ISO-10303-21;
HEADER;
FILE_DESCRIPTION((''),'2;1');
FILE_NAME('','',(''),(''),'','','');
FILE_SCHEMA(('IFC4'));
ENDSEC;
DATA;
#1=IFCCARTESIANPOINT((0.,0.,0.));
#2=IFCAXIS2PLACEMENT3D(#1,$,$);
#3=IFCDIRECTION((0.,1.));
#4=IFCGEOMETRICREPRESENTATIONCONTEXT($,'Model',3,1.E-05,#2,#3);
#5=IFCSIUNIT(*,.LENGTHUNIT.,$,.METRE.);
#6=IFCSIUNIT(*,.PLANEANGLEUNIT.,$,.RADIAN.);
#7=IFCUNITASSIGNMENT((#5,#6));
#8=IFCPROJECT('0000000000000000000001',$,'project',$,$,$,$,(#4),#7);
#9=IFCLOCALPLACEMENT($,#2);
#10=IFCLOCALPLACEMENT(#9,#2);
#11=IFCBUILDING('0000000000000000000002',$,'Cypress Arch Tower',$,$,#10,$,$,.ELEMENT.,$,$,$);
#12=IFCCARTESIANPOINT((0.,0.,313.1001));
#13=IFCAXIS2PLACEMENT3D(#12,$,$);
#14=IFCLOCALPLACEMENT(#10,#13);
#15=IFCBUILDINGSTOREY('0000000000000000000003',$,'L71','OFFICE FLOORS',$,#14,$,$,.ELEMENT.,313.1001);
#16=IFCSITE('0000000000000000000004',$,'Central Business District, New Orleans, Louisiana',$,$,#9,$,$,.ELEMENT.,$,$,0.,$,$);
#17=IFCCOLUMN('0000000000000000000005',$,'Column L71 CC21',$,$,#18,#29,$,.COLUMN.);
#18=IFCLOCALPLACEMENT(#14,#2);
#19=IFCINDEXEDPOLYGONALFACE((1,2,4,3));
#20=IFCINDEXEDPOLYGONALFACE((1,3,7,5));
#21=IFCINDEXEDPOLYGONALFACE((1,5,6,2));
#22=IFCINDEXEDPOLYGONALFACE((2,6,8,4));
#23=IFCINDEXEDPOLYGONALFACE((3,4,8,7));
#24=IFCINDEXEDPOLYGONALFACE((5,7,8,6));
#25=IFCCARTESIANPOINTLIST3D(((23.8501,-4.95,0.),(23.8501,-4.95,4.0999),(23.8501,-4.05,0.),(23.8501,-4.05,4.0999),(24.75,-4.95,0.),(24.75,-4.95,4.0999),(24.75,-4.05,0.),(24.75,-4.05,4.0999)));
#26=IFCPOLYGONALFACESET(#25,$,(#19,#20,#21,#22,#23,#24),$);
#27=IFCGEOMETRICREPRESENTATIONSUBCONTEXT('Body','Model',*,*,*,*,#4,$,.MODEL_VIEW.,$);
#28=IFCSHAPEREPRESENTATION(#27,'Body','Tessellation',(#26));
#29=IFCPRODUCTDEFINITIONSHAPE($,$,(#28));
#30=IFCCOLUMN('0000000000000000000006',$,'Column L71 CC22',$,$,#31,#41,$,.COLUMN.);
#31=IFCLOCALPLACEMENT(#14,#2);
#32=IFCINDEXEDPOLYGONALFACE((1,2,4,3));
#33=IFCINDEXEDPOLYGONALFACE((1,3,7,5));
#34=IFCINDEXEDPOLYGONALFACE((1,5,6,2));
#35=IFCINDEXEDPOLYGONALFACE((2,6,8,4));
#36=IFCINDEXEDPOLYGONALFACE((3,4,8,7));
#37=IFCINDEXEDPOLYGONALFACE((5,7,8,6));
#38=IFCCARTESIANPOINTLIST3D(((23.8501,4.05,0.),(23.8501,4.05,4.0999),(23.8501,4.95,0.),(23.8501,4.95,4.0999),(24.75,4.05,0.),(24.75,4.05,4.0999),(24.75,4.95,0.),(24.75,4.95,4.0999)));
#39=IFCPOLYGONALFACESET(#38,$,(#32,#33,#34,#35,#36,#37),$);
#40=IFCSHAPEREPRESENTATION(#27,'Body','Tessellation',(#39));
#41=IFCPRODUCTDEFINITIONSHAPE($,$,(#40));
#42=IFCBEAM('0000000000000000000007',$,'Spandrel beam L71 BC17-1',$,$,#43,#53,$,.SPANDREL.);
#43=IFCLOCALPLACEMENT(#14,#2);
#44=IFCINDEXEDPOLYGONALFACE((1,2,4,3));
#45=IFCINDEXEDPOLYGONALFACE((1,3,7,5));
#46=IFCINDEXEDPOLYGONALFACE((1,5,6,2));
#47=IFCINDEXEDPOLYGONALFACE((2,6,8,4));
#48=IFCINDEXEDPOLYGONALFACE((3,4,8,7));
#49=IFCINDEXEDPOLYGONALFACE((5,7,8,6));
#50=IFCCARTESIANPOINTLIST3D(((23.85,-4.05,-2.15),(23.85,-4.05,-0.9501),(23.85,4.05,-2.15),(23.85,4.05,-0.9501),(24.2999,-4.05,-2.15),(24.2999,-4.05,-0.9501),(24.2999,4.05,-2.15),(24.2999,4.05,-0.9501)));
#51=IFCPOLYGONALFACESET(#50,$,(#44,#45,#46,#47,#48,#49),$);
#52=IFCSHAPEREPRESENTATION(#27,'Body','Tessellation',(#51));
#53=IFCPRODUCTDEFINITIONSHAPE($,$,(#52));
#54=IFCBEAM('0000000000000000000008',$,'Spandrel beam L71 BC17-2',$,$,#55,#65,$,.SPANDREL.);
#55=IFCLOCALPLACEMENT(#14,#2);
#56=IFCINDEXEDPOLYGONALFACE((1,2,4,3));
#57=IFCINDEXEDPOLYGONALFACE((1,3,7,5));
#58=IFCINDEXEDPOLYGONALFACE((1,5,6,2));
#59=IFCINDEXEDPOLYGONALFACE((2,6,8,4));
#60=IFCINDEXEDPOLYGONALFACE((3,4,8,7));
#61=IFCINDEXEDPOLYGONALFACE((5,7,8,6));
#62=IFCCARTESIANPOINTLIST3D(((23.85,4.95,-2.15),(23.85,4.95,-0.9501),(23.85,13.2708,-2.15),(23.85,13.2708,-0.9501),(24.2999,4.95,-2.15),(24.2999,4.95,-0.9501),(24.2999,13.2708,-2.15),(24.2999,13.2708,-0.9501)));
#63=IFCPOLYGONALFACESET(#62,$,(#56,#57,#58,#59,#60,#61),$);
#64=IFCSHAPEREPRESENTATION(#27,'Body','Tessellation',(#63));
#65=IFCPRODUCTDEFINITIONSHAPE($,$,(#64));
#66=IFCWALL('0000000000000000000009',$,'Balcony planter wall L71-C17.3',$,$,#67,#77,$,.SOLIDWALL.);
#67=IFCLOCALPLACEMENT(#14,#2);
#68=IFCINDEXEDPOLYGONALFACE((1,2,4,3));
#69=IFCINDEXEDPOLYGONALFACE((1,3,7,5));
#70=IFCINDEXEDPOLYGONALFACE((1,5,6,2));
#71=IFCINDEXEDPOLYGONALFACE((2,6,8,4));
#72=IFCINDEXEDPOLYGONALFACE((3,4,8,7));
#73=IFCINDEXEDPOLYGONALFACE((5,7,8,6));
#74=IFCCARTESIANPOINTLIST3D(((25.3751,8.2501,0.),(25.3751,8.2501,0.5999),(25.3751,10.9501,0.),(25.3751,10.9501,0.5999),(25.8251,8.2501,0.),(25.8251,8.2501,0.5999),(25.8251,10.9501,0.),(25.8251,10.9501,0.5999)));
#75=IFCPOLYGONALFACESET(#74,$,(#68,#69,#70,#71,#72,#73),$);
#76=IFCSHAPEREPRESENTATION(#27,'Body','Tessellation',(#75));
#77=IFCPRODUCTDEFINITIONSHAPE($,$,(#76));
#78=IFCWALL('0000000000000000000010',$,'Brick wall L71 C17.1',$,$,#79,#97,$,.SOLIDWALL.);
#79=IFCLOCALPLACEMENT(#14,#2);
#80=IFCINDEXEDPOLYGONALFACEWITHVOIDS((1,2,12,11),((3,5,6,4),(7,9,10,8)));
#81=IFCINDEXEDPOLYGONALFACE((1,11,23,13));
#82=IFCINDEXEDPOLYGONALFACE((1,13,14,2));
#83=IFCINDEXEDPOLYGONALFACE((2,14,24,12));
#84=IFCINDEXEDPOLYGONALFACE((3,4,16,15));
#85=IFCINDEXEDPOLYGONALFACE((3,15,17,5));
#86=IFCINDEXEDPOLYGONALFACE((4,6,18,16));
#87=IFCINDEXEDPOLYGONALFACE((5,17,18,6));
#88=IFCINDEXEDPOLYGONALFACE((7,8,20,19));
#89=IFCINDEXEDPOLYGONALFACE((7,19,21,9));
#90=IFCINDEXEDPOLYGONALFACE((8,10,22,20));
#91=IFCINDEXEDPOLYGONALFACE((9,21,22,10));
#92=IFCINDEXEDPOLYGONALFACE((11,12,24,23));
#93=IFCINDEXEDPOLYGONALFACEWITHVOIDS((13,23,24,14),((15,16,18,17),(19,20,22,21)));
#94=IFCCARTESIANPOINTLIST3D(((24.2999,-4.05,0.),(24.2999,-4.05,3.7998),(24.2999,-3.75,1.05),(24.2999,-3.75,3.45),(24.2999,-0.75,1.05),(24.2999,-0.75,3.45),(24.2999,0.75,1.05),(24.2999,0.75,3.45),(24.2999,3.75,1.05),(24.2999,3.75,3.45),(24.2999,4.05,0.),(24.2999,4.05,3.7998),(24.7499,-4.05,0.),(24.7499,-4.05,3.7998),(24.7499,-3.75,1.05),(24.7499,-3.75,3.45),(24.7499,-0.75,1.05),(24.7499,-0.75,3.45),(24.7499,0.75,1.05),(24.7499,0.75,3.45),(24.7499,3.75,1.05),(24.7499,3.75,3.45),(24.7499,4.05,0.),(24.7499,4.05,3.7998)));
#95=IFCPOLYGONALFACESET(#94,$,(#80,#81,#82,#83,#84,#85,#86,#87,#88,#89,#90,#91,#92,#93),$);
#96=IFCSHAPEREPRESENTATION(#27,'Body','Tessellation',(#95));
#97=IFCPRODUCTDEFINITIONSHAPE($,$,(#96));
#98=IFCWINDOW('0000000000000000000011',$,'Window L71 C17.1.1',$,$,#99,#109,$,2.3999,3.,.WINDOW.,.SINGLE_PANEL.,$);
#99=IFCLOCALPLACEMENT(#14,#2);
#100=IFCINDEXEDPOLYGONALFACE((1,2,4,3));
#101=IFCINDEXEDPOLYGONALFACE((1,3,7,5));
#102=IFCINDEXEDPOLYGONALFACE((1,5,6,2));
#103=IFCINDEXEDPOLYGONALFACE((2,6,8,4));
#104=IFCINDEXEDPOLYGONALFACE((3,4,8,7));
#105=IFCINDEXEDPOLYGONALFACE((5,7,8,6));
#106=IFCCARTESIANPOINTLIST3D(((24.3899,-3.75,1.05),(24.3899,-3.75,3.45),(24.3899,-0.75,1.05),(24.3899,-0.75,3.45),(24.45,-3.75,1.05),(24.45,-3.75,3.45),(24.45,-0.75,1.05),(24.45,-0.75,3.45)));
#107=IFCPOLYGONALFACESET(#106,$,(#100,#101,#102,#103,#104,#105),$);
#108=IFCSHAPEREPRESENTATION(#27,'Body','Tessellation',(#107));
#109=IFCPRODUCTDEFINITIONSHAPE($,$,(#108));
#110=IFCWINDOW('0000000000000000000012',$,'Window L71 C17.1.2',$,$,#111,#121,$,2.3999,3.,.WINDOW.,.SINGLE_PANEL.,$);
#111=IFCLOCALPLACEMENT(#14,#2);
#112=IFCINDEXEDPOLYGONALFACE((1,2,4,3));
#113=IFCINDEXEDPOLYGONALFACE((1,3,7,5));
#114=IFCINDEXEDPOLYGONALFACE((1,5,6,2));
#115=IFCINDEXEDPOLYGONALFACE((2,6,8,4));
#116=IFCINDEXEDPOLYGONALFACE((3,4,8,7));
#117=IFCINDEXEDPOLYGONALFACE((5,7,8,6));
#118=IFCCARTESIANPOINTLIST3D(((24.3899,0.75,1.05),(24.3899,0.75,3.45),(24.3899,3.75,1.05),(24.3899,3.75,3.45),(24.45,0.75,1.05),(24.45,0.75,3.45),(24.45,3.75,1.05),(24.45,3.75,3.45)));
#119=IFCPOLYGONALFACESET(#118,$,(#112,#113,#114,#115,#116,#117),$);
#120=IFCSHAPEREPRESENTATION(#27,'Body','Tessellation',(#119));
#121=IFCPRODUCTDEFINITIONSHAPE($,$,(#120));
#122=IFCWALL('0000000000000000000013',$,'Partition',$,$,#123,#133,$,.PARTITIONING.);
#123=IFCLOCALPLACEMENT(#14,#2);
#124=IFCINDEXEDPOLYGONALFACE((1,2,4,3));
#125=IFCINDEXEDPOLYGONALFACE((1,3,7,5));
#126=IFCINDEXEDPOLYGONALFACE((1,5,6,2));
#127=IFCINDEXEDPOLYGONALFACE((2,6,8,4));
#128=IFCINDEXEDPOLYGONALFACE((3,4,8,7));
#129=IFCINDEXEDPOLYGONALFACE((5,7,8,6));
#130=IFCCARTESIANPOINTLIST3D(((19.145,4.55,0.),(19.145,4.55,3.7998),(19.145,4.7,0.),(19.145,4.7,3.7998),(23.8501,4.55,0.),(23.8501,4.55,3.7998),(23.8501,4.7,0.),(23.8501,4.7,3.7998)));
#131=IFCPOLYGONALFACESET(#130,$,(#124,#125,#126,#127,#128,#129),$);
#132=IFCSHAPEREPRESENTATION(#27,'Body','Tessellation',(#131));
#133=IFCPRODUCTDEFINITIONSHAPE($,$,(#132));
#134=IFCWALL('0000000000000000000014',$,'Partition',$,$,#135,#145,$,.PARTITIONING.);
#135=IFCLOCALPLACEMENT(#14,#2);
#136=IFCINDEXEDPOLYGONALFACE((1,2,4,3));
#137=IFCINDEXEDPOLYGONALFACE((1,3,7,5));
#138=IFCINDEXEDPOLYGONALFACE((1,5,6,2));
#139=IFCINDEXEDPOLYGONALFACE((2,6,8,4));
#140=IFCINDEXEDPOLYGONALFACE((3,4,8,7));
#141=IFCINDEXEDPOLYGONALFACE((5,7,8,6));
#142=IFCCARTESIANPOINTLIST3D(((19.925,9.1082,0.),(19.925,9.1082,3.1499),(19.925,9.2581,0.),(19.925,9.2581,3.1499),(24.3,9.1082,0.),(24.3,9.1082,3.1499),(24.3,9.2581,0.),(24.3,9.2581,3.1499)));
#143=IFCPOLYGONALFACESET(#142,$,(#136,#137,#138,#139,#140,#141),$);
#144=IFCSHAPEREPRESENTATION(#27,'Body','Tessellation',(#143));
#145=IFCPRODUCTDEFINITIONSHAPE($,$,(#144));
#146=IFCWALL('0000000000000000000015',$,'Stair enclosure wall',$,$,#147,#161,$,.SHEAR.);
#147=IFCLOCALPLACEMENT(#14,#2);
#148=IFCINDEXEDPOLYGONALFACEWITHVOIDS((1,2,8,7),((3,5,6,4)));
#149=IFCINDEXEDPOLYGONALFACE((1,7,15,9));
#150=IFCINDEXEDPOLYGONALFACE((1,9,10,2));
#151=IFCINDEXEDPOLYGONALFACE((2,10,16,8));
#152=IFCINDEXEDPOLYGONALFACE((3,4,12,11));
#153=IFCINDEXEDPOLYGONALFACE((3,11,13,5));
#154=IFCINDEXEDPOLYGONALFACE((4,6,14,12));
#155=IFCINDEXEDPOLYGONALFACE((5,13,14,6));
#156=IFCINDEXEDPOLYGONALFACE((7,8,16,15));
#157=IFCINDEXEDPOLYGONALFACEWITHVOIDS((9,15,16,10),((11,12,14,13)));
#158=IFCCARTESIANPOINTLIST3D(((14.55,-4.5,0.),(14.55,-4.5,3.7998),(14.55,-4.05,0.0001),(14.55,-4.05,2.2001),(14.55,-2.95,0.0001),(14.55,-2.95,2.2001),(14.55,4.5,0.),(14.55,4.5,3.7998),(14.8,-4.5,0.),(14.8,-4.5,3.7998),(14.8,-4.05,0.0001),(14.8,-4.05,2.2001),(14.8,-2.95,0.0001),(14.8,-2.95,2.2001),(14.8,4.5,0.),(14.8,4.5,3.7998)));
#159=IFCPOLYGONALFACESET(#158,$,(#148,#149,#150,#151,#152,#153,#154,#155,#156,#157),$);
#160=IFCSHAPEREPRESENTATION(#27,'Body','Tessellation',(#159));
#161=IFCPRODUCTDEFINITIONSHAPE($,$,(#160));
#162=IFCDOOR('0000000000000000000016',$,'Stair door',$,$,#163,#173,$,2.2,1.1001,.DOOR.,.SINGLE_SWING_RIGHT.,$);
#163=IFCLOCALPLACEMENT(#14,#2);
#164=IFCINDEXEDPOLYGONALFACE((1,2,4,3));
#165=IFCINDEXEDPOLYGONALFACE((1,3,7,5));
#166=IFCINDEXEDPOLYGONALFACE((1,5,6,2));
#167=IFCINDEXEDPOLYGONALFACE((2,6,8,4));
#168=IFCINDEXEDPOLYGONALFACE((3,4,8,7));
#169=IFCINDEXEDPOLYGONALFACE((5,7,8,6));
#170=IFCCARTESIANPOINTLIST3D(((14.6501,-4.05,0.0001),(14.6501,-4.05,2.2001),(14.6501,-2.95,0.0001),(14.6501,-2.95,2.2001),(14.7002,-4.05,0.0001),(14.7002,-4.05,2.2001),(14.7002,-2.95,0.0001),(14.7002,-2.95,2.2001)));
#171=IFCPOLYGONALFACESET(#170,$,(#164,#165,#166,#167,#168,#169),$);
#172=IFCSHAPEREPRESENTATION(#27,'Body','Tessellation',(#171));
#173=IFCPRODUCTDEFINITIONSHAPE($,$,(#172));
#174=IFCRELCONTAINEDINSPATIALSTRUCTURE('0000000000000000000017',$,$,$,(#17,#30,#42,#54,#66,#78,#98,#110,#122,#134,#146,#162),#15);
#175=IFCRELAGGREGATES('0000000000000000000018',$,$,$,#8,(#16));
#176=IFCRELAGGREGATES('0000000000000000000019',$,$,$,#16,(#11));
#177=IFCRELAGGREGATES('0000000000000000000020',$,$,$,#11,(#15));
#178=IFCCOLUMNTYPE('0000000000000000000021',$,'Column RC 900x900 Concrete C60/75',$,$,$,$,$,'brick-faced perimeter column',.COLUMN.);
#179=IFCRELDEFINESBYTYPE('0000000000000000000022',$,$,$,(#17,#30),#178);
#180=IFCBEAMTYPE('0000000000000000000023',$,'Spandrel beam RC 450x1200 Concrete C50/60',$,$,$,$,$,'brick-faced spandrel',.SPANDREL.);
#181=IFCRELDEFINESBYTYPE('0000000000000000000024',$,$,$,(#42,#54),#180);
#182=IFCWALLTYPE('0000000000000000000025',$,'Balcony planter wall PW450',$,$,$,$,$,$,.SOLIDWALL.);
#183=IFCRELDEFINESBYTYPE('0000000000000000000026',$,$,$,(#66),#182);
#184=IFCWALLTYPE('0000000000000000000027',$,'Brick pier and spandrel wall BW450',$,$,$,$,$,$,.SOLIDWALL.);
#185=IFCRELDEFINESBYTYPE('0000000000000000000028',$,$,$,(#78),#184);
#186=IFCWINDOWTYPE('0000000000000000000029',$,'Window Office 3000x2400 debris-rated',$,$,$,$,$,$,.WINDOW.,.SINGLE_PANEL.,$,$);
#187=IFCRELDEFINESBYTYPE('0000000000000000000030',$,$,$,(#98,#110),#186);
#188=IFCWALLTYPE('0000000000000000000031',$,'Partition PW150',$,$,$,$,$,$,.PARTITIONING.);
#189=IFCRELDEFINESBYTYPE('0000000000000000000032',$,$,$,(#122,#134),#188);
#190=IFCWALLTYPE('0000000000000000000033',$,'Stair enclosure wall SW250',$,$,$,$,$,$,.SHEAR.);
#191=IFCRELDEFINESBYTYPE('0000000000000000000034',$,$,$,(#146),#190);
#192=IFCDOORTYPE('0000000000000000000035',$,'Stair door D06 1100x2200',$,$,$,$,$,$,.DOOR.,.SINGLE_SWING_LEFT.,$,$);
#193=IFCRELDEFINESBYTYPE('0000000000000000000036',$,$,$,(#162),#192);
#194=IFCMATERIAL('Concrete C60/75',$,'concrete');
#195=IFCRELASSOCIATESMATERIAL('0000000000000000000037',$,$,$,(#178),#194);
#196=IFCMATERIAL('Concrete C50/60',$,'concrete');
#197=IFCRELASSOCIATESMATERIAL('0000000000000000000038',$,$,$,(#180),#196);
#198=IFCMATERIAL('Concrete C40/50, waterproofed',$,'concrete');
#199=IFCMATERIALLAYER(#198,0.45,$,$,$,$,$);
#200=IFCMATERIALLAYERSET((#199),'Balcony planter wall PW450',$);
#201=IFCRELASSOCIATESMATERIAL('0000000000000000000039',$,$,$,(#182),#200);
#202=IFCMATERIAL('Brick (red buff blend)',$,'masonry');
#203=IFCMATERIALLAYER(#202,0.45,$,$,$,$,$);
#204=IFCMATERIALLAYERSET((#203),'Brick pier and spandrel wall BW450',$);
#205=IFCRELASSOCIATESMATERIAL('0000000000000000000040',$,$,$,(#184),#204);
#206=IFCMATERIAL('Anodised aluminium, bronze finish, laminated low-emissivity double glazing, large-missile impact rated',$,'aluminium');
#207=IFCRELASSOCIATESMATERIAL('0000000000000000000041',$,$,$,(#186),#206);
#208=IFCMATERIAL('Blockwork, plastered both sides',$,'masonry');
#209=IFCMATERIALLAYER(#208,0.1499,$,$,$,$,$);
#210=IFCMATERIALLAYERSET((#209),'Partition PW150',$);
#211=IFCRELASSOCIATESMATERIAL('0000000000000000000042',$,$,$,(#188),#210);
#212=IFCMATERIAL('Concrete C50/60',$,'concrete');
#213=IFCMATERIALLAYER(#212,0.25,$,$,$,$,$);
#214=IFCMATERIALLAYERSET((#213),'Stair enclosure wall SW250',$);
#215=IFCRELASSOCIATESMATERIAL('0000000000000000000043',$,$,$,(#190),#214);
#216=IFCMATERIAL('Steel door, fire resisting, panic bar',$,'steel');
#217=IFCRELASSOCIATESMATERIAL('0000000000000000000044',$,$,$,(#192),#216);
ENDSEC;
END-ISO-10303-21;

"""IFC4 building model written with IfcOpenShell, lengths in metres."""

from ifc_helpers import new_model, si_unit, direction, frame, frame_2d, origin, origin_2d, place, context, subcontext, project, spatial, rectangle, extrude, material, layer, layer_set, material_profile, profile_set, type_object, element, fill, save


model = new_model("IFC4")

# Units and contexts
model_context = context("Model", 3, precision=1e-05, world=origin(), true_north=direction((0.0, 1.0)))
body_context = subcontext(model_context, "Body", "Model", "MODEL_VIEW")
ifc_project = project(units=[si_unit("LENGTHUNIT", "METRE"), si_unit("PLANEANGLEUNIT", "RADIAN")], contexts=[model_context])

# Site, building, storey
site_placement = place(None, origin())
site = spatial("IfcSite", under=ifc_project, at=site_placement, Name="Central Business District, New Orleans, Louisiana", CompositionType="ELEMENT", RefElevation=0.0)
building_placement = place(site_placement, origin())
building = spatial("IfcBuilding", under=site, at=building_placement, Name="Cypress Arch Tower", CompositionType="ELEMENT")
storey_placement = place(building_placement, frame((0.0, 0.0, 313.1001)))
storey = spatial("IfcBuildingStorey", under=building, at=storey_placement, Name="L71", Description="OFFICE FLOORS", CompositionType="ELEMENT", Elevation=313.1001)

# Columns
ifc_material_1 = material(Name="Concrete C60/75", Category="concrete")
ifc_material_profile_1 = material_profile(ifc_material_1, rectangle(XDim=0.8999, YDim=0.8999, at=origin_2d()), Name="RC 900x900")
ifc_profile_set_1 = profile_set([ifc_material_profile_1], Name="Concrete C60/75")
column_type = type_object("IfcColumnType", Name="Column RC 900x900 Concrete C60/75", ElementType="brick-faced perimeter column", PredefinedType="COLUMN", material=ifc_profile_set_1)
for number, where, z_axis, x_axis, name in (
    (1, (24.3, -4.5, 0.0), (0.0, 0.0, 1.0), (0.0, 1.0, 0.0), "Column L71 CC21"),
    (2, (24.3, 4.5, 0.0), (0.0, 0.0, 1.0), (0.0, 1.0, 0.0), "Column L71 CC22"),
):
    element("IfcColumn", number, at=place(storey_placement, frame(where, z_axis=z_axis, x_axis=x_axis)), inside=storey, type_object=column_type, Name=name, PredefinedType="COLUMN", context=body_context, shape_type="SweptSolid", body=[
        extrude(rectangle(XDim=0.8999, YDim=0.8999, at=origin_2d()), origin(), (0.0, 0.0, 1.0), 4.0999),
    ])

# Beams
ifc_material_2 = material(Name="Concrete C50/60", Category="concrete")
ifc_material_profile_2 = material_profile(ifc_material_2, rectangle(XDim=0.45, YDim=1.2, at=origin_2d()), Name="RC 450x1200")
ifc_profile_set_2 = profile_set([ifc_material_profile_2], Name="Concrete C50/60")
beam_type = type_object("IfcBeamType", Name="Spandrel beam RC 450x1200 Concrete C50/60", ElementType="brick-faced spandrel", PredefinedType="SPANDREL", material=ifc_profile_set_2)
beam_1_placement = place(storey_placement, frame((24.075, -4.05, -1.55), z_axis=(0.0, 1.0, 0.0), x_axis=(-1.0, 0.0, 0.0)))
element("IfcBeam", 3, at=beam_1_placement, inside=storey, type_object=beam_type, Name="Spandrel beam L71 BC17-1", PredefinedType="SPANDREL", context=body_context, shape_type="SweptSolid", body=[
    extrude(rectangle(XDim=0.45, YDim=1.2, at=origin_2d()), origin(), (0.0, 0.0, 1.0), 8.1001),
])
beam_2_placement = place(storey_placement, frame((24.075, 4.95, -1.55), z_axis=(0.0, 1.0, 0.0), x_axis=(-1.0, 0.0, 0.0)))
element("IfcBeam", 4, at=beam_2_placement, inside=storey, type_object=beam_type, Name="Spandrel beam L71 BC17-2", PredefinedType="SPANDREL", context=body_context, shape_type="SweptSolid", body=[
    extrude(rectangle(XDim=0.45, YDim=1.2, at=origin_2d()), origin(), (0.0, 0.0, 1.0), 8.3208),
])

# Wall
ifc_material_3 = material(Name="Concrete C40/50, waterproofed", Category="concrete")
ifc_layer_1 = layer(ifc_material_3, 0.45)
ifc_layer_set_1 = layer_set([ifc_layer_1], Name="Balcony planter wall PW450")
wall_type_1 = type_object("IfcWallType", Name="Balcony planter wall PW450", PredefinedType="SOLIDWALL", material=ifc_layer_set_1)
wall_1_placement = place(storey_placement, frame((25.6001, 8.25, 0.0), z_axis=(0.0, 0.0, 1.0), x_axis=(0.0, 1.0, 0.0)))
element("IfcWall", 5, at=wall_1_placement, inside=storey, type_object=wall_type_1, Name="Balcony planter wall L71-C17.3", PredefinedType="SOLIDWALL", context=body_context, shape_type="SweptSolid", body=[
    extrude(rectangle(XDim=2.7, YDim=0.45, at=frame_2d((1.3501, 0.0))), origin(), (0.0, 0.0, 1.0), 0.5999),
])

# Wall, openings, windows
ifc_material_4 = material(Name="Brick (red buff blend)", Category="masonry")
ifc_layer_2 = layer(ifc_material_4, 0.45)
ifc_layer_set_2 = layer_set([ifc_layer_2], Name="Brick pier and spandrel wall BW450")
wall_type_2 = type_object("IfcWallType", Name="Brick pier and spandrel wall BW450", PredefinedType="SOLIDWALL", material=ifc_layer_set_2)
wall_2_placement = place(storey_placement, frame((24.5249, -4.05, 0.0), z_axis=(0.0, 0.0, 1.0), x_axis=(0.0, 1.0, 0.0)))
wall_2 = element("IfcWall", 6, at=wall_2_placement, inside=storey, type_object=wall_type_2, Name="Brick wall L71 C17.1", PredefinedType="SOLIDWALL", context=body_context, shape_type="SweptSolid", body=[
    extrude(rectangle(XDim=8.1001, YDim=0.45, at=frame_2d((4.05, 0.0))), origin(), (0.0, 0.0, 1.0), 3.7998),
])
opening_1_placement = place(wall_2_placement, frame((0.3, 0.0, 1.05)))
opening_1 = element("IfcOpeningElement", 7, at=opening_1_placement, cuts=wall_2, PredefinedType="OPENING", context=body_context, shape_type="SweptSolid", body=[
    extrude(rectangle(XDim=3.0, YDim=2.3999, at=frame_2d((1.5, 1.2))), frame((0.0, 0.2349, 0.0), z_axis=(0.0, -1.0, 0.0), x_axis=(1.0, 0.0, 0.0)), (0.0, 0.0, 1.0), 0.47),
])
opening_2_placement = place(wall_2_placement, frame((4.8, 0.0, 1.05)))
opening_2 = element("IfcOpeningElement", 8, at=opening_2_placement, cuts=wall_2, PredefinedType="OPENING", context=body_context, shape_type="SweptSolid", body=[
    extrude(rectangle(XDim=3.0, YDim=2.3999, at=frame_2d((1.5, 1.2))), frame((0.0, 0.2349, 0.0), z_axis=(0.0, -1.0, 0.0), x_axis=(1.0, 0.0, 0.0)), (0.0, 0.0, 1.0), 0.47),
])
ifc_material_5 = material(Name="Anodised aluminium, bronze finish, laminated low-emissivity double glazing, large-missile impact rated", Category="aluminium")
window_type_1 = type_object("IfcWindowType", Name="Window Office 3000x2400 debris-rated", PartitioningType="SINGLE_PANEL", PredefinedType="WINDOW", material=ifc_material_5)
window_1_placement = place(opening_1_placement, origin())
window_1 = element("IfcWindow", 9, at=window_1_placement, inside=storey, type_object=window_type_1, Name="Window L71 C17.1.1", OverallHeight=2.3999, OverallWidth=3.0, PartitioningType="SINGLE_PANEL", PredefinedType="WINDOW", context=body_context, shape_type="SweptSolid", body=[
    extrude(rectangle(XDim=3.0, YDim=2.3999, at=frame_2d((1.5, 1.2))), frame((0.0, 0.135, 0.0), z_axis=(0.0, -1.0, 0.0), x_axis=(1.0, 0.0, 0.0)), (0.0, 0.0, 1.0), 0.0601),
])
fill(opening_1, window_1)
window_2_placement = place(opening_2_placement, origin())
window_2 = element("IfcWindow", 10, at=window_2_placement, inside=storey, type_object=window_type_1, Name="Window L71 C17.1.2", OverallHeight=2.3999, OverallWidth=3.0, PartitioningType="SINGLE_PANEL", PredefinedType="WINDOW", context=body_context, shape_type="SweptSolid", body=[
    extrude(rectangle(XDim=3.0, YDim=2.3999, at=frame_2d((1.5, 1.2))), frame((0.0, 0.135, 0.0), z_axis=(0.0, -1.0, 0.0), x_axis=(1.0, 0.0, 0.0)), (0.0, 0.0, 1.0), 0.0601),
])
fill(opening_2, window_2)

# Walls
ifc_material_6 = material(Name="Blockwork, plastered both sides", Category="masonry")
ifc_layer_3 = layer(ifc_material_6, 0.1499)
ifc_layer_set_3 = layer_set([ifc_layer_3], Name="Partition PW150")
wall_type_3 = type_object("IfcWallType", Name="Partition PW150", PredefinedType="PARTITIONING", material=ifc_layer_set_3)
wall_3_placement = place(storey_placement, frame((19.145, 4.625, 0.0), z_axis=(0.0, 0.0, 1.0), x_axis=(1.0, 0.0, 0.0)))
element("IfcWall", 11, at=wall_3_placement, inside=storey, type_object=wall_type_3, Name="Partition", PredefinedType="PARTITIONING", context=body_context, shape_type="SweptSolid", body=[
    extrude(rectangle(XDim=4.7051, YDim=0.1499, at=frame_2d((2.3525, 0.0))), origin(), (0.0, 0.0, 1.0), 3.7998),
])
wall_4_placement = place(storey_placement, frame((19.925, 9.1831, 0.0), z_axis=(0.0, 0.0, 1.0), x_axis=(1.0, 0.0, 0.0)))
element("IfcWall", 12, at=wall_4_placement, inside=storey, type_object=wall_type_3, Name="Partition", PredefinedType="PARTITIONING", context=body_context, shape_type="SweptSolid", body=[
    extrude(rectangle(XDim=4.375, YDim=0.1499, at=frame_2d((2.1875, 0.0))), origin(), (0.0, 0.0, 1.0), 3.1499),
])

# Wall, opening, door
ifc_material_7 = material(Name="Concrete C50/60", Category="concrete")
ifc_layer_4 = layer(ifc_material_7, 0.25)
ifc_layer_set_4 = layer_set([ifc_layer_4], Name="Stair enclosure wall SW250")
wall_type_4 = type_object("IfcWallType", Name="Stair enclosure wall SW250", PredefinedType="SHEAR", material=ifc_layer_set_4)
wall_5_placement = place(storey_placement, frame((14.675, -4.5, 0.0), z_axis=(0.0, 0.0, 1.0), x_axis=(0.0, 1.0, 0.0)))
wall_5 = element("IfcWall", 13, at=wall_5_placement, inside=storey, type_object=wall_type_4, Name="Stair enclosure wall", PredefinedType="SHEAR", context=body_context, shape_type="SweptSolid", body=[
    extrude(rectangle(XDim=9.0, YDim=0.25, at=frame_2d((4.5, 0.0))), origin(), (0.0, 0.0, 1.0), 3.7998),
])
opening_3_placement = place(wall_5_placement, frame((0.45, 0.0, 0.0)))
opening_3 = element("IfcOpeningElement", 14, at=opening_3_placement, cuts=wall_5, PredefinedType="OPENING", context=body_context, shape_type="SweptSolid", body=[
    extrude(rectangle(XDim=1.1001, YDim=2.2, at=frame_2d((0.55, 1.1001))), frame((0.0, 0.135, 0.0), z_axis=(0.0, -1.0, 0.0), x_axis=(1.0, 0.0, 0.0)), (0.0, 0.0, 1.0), 0.27),
])
ifc_material_8 = material(Name="Steel door, fire resisting, panic bar", Category="steel")
door_type_1 = type_object("IfcDoorType", Name="Stair door D06 1100x2200", OperationType="SINGLE_SWING_LEFT", PredefinedType="DOOR", material=ifc_material_8)
door_1_placement = place(opening_3_placement, origin())
door_1 = element("IfcDoor", 15, at=door_1_placement, inside=storey, type_object=door_type_1, Name="Stair door", OperationType="SINGLE_SWING_RIGHT", OverallHeight=2.2, OverallWidth=1.1001, PredefinedType="DOOR", context=body_context, shape_type="SweptSolid", body=[
    extrude(rectangle(XDim=1.1001, YDim=2.2, at=frame_2d((0.55, 1.1001))), frame((0.0, 0.0249, 0.0), z_axis=(0.0, -1.0, 0.0), x_axis=(1.0, 0.0, 0.0)), (0.0, 0.0, 1.0), 0.05),
])
fill(opening_3, door_1)

save(model, "model.ifc")
